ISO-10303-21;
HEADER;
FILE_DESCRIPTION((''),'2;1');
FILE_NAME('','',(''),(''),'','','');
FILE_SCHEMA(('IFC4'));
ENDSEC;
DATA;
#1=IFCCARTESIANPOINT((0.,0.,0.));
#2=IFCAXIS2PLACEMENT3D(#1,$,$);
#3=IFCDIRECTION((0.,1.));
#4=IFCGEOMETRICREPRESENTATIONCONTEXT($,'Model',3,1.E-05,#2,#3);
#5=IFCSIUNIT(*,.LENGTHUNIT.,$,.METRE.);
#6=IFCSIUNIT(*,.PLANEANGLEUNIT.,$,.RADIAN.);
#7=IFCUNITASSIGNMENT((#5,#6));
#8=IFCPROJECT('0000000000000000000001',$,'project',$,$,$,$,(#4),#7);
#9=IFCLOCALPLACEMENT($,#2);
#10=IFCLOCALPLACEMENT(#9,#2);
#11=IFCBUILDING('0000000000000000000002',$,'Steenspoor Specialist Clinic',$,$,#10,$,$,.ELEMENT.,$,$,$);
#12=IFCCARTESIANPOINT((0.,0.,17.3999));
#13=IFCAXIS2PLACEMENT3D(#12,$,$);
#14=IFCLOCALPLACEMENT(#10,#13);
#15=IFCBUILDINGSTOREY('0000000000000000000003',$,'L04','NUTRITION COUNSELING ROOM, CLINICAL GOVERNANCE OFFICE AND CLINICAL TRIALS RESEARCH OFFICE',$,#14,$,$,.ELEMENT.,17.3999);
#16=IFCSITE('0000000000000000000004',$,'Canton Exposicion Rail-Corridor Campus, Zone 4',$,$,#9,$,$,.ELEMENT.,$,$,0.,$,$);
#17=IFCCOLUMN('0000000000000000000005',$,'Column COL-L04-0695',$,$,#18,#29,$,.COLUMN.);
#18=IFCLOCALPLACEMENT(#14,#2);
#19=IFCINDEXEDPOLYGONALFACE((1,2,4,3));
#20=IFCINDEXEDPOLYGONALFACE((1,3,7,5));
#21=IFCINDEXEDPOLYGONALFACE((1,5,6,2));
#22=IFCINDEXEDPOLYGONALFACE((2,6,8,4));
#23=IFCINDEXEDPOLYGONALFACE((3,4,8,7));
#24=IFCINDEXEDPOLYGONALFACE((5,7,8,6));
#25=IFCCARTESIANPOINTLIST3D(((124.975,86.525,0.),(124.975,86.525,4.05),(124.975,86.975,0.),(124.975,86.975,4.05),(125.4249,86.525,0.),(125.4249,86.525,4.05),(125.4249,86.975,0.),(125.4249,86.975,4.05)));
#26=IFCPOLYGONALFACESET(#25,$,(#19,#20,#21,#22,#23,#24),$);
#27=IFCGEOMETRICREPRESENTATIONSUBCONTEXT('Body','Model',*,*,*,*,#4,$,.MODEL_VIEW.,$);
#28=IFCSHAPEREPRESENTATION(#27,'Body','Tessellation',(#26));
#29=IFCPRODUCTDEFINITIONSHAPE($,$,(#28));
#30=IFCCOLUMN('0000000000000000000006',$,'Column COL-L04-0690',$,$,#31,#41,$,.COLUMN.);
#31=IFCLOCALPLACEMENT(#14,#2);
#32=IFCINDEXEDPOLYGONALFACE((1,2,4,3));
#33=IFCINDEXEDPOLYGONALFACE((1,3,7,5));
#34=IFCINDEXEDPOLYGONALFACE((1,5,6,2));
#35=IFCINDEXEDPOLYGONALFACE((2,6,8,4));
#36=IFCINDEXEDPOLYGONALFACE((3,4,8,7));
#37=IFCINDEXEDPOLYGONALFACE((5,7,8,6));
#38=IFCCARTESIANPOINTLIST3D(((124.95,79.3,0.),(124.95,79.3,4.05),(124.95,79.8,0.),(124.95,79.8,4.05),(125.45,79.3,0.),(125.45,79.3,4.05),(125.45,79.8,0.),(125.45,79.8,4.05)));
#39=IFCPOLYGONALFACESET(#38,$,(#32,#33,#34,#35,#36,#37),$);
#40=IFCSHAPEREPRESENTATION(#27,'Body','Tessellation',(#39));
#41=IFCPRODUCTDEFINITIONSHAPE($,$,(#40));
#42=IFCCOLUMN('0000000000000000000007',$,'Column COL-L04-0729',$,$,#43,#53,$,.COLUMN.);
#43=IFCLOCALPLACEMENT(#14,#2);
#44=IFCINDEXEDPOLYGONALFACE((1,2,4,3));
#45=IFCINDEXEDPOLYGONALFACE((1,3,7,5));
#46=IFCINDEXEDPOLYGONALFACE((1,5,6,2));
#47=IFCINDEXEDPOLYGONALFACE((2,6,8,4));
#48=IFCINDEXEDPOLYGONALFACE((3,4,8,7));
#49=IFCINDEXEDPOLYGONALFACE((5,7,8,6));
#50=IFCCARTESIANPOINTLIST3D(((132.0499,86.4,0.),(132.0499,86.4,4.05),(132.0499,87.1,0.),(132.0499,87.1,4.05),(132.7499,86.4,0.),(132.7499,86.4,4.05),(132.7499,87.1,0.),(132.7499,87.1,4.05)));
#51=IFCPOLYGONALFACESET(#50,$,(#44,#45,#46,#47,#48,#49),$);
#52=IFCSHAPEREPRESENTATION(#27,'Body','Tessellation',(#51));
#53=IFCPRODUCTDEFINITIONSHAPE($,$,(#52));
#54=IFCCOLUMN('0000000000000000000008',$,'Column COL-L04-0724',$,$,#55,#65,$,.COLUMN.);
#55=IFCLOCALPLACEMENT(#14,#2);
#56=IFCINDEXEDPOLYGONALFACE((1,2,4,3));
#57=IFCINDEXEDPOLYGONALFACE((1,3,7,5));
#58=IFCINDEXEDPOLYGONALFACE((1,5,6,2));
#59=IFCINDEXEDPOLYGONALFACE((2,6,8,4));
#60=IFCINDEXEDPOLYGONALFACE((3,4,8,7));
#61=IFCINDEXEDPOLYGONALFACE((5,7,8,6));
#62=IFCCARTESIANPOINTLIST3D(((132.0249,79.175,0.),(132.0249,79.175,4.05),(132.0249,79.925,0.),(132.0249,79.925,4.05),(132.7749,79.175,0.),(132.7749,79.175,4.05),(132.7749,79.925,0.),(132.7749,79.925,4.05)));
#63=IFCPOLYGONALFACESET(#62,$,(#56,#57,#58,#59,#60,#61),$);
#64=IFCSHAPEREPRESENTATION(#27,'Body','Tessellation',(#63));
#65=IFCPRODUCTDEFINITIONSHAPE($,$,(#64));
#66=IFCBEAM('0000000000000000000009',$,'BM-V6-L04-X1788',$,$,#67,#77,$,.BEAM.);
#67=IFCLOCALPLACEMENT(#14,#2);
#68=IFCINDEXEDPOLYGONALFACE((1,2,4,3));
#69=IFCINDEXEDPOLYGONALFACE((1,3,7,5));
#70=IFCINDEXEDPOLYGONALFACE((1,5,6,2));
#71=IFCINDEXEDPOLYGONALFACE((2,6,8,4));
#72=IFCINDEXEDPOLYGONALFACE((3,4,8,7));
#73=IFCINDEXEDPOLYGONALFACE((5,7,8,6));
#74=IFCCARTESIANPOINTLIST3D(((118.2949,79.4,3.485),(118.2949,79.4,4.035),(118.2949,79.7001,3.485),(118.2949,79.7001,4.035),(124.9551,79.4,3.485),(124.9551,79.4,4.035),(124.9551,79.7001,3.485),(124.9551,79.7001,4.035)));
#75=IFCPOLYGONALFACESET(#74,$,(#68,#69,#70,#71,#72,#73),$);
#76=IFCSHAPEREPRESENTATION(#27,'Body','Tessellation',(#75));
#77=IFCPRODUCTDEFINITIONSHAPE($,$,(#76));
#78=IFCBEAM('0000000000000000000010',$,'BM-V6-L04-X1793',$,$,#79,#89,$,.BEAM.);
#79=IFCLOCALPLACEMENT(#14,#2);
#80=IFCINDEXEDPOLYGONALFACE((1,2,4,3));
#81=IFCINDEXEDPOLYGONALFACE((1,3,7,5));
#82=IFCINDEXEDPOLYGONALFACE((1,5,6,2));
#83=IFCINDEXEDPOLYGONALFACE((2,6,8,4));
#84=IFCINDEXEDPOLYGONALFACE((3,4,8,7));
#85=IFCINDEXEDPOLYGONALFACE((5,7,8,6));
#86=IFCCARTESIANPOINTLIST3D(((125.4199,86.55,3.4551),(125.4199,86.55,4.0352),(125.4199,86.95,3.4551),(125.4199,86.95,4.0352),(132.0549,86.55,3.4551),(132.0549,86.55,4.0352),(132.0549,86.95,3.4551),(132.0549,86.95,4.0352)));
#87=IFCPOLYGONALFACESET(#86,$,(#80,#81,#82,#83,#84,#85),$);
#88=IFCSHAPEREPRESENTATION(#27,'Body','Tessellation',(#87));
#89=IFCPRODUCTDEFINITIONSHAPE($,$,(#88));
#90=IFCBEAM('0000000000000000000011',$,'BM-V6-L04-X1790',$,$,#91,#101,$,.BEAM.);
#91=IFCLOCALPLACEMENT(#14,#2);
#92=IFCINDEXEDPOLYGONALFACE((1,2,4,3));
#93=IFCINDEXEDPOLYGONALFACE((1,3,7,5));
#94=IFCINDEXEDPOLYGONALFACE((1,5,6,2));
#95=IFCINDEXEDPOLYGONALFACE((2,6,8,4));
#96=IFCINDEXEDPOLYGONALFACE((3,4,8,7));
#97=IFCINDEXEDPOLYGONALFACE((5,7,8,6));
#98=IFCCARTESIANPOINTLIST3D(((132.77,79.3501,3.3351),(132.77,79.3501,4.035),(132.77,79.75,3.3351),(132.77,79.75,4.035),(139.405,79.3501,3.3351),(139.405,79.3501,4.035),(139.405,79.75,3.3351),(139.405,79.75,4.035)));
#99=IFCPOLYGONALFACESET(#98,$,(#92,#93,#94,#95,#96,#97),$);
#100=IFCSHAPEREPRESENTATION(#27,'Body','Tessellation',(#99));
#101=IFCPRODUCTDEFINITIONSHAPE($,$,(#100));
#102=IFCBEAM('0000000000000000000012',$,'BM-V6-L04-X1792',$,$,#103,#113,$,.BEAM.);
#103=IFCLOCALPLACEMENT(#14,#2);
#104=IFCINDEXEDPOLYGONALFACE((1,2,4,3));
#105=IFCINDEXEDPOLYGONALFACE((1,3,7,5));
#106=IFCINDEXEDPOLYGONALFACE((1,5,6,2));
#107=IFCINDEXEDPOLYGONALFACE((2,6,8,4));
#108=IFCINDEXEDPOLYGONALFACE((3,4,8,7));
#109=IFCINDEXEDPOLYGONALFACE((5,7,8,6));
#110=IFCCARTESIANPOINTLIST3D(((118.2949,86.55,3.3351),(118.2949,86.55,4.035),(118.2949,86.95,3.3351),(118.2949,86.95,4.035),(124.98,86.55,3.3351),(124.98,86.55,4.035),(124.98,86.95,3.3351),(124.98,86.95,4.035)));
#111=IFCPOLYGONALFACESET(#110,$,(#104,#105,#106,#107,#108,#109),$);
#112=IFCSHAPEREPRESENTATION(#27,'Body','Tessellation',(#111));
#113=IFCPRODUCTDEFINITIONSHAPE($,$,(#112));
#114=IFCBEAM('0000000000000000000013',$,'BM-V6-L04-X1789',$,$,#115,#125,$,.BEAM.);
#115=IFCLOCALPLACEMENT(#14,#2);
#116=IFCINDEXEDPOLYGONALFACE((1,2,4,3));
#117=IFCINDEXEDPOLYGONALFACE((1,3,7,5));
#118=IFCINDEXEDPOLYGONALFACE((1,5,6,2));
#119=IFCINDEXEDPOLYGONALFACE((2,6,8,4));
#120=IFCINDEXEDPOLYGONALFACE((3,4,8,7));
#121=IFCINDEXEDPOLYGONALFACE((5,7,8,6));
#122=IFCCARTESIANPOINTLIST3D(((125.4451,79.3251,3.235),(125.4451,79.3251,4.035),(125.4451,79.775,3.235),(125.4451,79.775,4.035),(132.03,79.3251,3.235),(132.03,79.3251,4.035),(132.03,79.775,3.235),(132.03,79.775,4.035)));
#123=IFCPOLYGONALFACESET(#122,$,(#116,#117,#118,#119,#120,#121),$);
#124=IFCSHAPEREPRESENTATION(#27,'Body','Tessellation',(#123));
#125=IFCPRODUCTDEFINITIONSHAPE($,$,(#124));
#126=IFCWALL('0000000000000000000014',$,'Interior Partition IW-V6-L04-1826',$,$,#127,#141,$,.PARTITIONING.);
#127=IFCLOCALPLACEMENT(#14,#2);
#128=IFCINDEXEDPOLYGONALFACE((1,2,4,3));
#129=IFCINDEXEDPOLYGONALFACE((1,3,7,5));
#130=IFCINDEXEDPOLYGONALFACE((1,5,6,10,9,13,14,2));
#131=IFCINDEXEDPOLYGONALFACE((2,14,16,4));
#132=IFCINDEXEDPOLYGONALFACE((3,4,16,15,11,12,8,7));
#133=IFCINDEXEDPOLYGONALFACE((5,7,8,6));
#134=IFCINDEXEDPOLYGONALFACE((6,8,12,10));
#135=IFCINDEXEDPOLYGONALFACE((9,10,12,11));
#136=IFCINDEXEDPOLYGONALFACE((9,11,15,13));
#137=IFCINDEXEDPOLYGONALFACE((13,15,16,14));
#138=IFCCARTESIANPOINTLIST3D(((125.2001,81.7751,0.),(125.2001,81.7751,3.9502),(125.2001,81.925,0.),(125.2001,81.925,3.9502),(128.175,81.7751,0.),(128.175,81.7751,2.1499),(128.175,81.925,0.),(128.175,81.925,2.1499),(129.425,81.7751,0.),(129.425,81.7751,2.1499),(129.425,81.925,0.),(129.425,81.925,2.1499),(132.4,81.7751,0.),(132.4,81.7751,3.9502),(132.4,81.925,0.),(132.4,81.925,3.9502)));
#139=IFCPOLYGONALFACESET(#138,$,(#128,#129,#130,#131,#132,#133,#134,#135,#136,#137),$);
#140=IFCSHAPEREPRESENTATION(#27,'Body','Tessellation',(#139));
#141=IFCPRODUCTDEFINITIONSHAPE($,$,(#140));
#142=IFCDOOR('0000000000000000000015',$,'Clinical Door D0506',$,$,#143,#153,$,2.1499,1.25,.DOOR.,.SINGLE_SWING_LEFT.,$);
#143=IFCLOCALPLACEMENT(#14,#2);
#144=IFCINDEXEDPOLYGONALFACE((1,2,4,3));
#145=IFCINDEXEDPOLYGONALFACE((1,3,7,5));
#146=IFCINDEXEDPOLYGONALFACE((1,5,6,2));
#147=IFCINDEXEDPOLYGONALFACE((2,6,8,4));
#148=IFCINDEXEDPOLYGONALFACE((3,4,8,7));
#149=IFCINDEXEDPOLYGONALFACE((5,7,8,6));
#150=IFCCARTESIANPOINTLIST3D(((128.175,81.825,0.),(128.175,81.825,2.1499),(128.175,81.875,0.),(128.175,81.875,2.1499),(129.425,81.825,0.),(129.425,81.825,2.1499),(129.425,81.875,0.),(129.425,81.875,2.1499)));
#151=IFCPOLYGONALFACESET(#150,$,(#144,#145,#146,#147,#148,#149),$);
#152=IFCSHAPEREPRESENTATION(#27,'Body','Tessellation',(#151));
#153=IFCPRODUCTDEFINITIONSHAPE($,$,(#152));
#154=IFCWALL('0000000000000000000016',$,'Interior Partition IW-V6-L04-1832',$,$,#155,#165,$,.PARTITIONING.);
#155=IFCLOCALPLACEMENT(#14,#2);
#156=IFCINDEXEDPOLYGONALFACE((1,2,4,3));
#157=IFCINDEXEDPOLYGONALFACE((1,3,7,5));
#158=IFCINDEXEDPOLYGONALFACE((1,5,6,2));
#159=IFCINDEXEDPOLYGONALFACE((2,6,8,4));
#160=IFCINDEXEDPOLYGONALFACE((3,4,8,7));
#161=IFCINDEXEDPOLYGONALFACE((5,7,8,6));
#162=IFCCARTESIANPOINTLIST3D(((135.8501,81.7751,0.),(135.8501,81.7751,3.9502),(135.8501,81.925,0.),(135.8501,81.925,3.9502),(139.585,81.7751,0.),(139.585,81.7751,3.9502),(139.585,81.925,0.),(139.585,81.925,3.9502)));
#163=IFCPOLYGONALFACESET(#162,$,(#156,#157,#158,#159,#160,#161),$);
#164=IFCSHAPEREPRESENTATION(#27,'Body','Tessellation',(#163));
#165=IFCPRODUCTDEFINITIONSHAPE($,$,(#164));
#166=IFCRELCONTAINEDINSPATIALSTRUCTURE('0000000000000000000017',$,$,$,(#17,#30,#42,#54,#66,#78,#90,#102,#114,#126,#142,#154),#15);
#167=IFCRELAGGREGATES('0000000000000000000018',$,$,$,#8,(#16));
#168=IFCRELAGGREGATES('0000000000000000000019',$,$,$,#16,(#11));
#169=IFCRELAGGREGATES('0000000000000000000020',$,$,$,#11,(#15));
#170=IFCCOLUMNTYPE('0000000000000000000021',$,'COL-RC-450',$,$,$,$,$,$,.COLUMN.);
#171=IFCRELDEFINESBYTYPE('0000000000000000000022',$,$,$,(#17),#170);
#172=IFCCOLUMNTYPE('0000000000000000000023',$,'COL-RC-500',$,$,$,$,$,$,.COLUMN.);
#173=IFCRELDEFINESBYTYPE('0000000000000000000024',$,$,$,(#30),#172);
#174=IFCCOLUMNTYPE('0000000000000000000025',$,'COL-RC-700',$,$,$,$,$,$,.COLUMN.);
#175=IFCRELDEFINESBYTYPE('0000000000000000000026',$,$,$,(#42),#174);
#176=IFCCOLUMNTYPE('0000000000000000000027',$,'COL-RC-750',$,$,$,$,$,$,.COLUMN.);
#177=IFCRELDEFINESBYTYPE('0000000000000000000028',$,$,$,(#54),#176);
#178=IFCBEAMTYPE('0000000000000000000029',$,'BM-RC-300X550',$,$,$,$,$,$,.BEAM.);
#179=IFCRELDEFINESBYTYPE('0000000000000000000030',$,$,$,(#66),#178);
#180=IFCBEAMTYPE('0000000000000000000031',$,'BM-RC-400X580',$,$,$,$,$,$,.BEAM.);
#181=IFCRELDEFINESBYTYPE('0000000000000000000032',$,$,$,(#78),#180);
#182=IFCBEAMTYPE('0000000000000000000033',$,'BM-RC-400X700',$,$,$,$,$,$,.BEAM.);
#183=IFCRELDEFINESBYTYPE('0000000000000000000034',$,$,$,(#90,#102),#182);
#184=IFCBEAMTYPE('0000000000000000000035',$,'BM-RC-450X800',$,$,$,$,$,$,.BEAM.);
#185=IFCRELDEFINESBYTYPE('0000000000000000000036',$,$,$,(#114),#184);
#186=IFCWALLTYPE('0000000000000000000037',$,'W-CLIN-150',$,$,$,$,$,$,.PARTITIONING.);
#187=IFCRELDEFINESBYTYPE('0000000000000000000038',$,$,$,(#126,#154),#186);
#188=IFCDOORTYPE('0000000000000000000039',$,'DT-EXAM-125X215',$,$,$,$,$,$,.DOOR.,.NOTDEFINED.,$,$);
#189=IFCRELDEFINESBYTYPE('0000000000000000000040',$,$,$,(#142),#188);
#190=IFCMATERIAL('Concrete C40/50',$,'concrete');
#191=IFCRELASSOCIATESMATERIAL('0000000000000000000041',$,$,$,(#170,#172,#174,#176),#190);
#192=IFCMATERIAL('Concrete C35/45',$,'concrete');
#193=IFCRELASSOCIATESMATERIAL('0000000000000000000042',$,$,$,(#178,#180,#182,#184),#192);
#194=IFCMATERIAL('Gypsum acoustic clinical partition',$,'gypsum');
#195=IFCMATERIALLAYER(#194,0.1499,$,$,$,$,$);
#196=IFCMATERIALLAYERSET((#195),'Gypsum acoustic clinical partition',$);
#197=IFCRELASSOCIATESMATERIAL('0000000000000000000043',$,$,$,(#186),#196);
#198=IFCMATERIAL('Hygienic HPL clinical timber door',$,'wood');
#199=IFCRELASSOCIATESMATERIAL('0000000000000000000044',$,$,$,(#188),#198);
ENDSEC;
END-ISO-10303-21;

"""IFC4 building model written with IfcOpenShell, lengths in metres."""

from ifc_helpers import new_model, si_unit, direction, frame, frame_2d, origin, origin_2d, place, context, subcontext, project, spatial, rectangle, extrude, material, layer, layer_set, material_profile, profile_set, type_object, element, fill, save


model = new_model("IFC4")

# Units and contexts
model_context = context("Model", 3, precision=1e-05, world=origin(), true_north=direction((0.0, 1.0)))
body_context = subcontext(model_context, "Body", "Model", "MODEL_VIEW")
ifc_project = project(units=[si_unit("LENGTHUNIT", "METRE"), si_unit("PLANEANGLEUNIT", "RADIAN")], contexts=[model_context])

# Site, building, storey
site_placement = place(None, origin())
site = spatial("IfcSite", under=ifc_project, at=site_placement, Name="Canton Exposicion Rail-Corridor Campus, Zone 4", CompositionType="ELEMENT", RefElevation=0.0)
building_placement = place(site_placement, origin())
building = spatial("IfcBuilding", under=site, at=building_placement, Name="Steenspoor Specialist Clinic", CompositionType="ELEMENT")
storey_placement = place(building_placement, frame((0.0, 0.0, 17.3999)))
storey = spatial("IfcBuildingStorey", under=building, at=storey_placement, Name="L04", Description="NUTRITION COUNSELING ROOM, CLINICAL GOVERNANCE OFFICE AND CLINICAL TRIALS RESEARCH OFFICE", CompositionType="ELEMENT", Elevation=17.3999)

# Columns
ifc_material_1 = material(Name="Concrete C40/50", Category="concrete")
ifc_material_profile_1 = material_profile(ifc_material_1, rectangle(XDim=0.45, YDim=0.45, at=origin_2d()), Name="RC-COL-450X450")
ifc_profile_set_1 = profile_set([ifc_material_profile_1], Name="Concrete C40/50")
column_type_1 = type_object("IfcColumnType", Name="COL-RC-450", PredefinedType="COLUMN", material=ifc_profile_set_1)
column_1_placement = place(storey_placement, frame((125.2, 86.75, 0.0), z_axis=(0.0, 0.0, 1.0), x_axis=(1.0, 0.0, 0.0)))
element("IfcColumn", 1, at=column_1_placement, inside=storey, type_object=column_type_1, Name="Column COL-L04-0695", PredefinedType="COLUMN", context=body_context, shape_type="SweptSolid", body=[
    extrude(rectangle(XDim=0.45, YDim=0.45, at=origin_2d()), origin(), (0.0, 0.0, 1.0), 4.05),
])
ifc_material_profile_2 = material_profile(ifc_material_1, rectangle(XDim=0.5, YDim=0.5, at=origin_2d()), Name="RC-COL-500X500")
ifc_profile_set_2 = profile_set([ifc_material_profile_2], Name="Concrete C40/50")
column_type_2 = type_object("IfcColumnType", Name="COL-RC-500", PredefinedType="COLUMN", material=ifc_profile_set_2)
column_2_placement = place(storey_placement, frame((125.2, 79.55, 0.0), z_axis=(0.0, 0.0, 1.0), x_axis=(1.0, 0.0, 0.0)))
element("IfcColumn", 2, at=column_2_placement, inside=storey, type_object=column_type_2, Name="Column COL-L04-0690", PredefinedType="COLUMN", context=body_context, shape_type="SweptSolid", body=[
    extrude(rectangle(XDim=0.5, YDim=0.5, at=origin_2d()), origin(), (0.0, 0.0, 1.0), 4.05),
])
ifc_material_profile_3 = material_profile(ifc_material_1, rectangle(XDim=0.7, YDim=0.7, at=origin_2d()), Name="RC-COL-700X700")
ifc_profile_set_3 = profile_set([ifc_material_profile_3], Name="Concrete C40/50")
column_type_3 = type_object("IfcColumnType", Name="COL-RC-700", PredefinedType="COLUMN", material=ifc_profile_set_3)
column_3_placement = place(storey_placement, frame((132.3999, 86.75, 0.0), z_axis=(0.0, 0.0, 1.0), x_axis=(1.0, 0.0, 0.0)))
element("IfcColumn", 3, at=column_3_placement, inside=storey, type_object=column_type_3, Name="Column COL-L04-0729", PredefinedType="COLUMN", context=body_context, shape_type="SweptSolid", body=[
    extrude(rectangle(XDim=0.7, YDim=0.7, at=origin_2d()), origin(), (0.0, 0.0, 1.0), 4.05),
])
ifc_material_profile_4 = material_profile(ifc_material_1, rectangle(XDim=0.75, YDim=0.75, at=origin_2d()), Name="RC-COL-750X750")
ifc_profile_set_4 = profile_set([ifc_material_profile_4], Name="Concrete C40/50")
column_type_4 = type_object("IfcColumnType", Name="COL-RC-750", PredefinedType="COLUMN", material=ifc_profile_set_4)
column_4_placement = place(storey_placement, frame((132.3999, 79.55, 0.0), z_axis=(0.0, 0.0, 1.0), x_axis=(1.0, 0.0, 0.0)))
element("IfcColumn", 4, at=column_4_placement, inside=storey, type_object=column_type_4, Name="Column COL-L04-0724", PredefinedType="COLUMN", context=body_context, shape_type="SweptSolid", body=[
    extrude(rectangle(XDim=0.75, YDim=0.75, at=origin_2d()), origin(), (0.0, 0.0, 1.0), 4.05),
])

# Beams
ifc_material_2 = material(Name="Concrete C35/45", Category="concrete")
ifc_material_profile_5 = material_profile(ifc_material_2, rectangle(XDim=0.3, YDim=0.55, at=origin_2d()), Name="RC-BM-300X550")
ifc_profile_set_5 = profile_set([ifc_material_profile_5], Name="Concrete C35/45")
beam_type_1 = type_object("IfcBeamType", Name="BM-RC-300X550", PredefinedType="BEAM", material=ifc_profile_set_5)
beam_1_placement = place(storey_placement, frame((118.2949, 79.55, 3.76), z_axis=(1.0, 0.0, 0.0), x_axis=(0.0, 1.0, 0.0)))
element("IfcBeam", 5, at=beam_1_placement, inside=storey, type_object=beam_type_1, Name="BM-V6-L04-X1788", PredefinedType="BEAM", context=body_context, shape_type="SweptSolid", body=[
    extrude(rectangle(XDim=0.3, YDim=0.55, at=origin_2d()), origin(), (0.0, 0.0, 1.0), 6.6602),
])
ifc_material_profile_6 = material_profile(ifc_material_2, rectangle(XDim=0.3999, YDim=0.5801, at=origin_2d()), Name="RC-BM-400X580")
ifc_profile_set_6 = profile_set([ifc_material_profile_6], Name="Concrete C35/45")
beam_type_2 = type_object("IfcBeamType", Name="BM-RC-400X580", PredefinedType="BEAM", material=ifc_profile_set_6)
beam_2_placement = place(storey_placement, frame((125.4199, 86.75, 3.7451), z_axis=(1.0, 0.0, 0.0), x_axis=(0.0, 1.0, 0.0)))
element("IfcBeam", 6, at=beam_2_placement, inside=storey, type_object=beam_type_2, Name="BM-V6-L04-X1793", PredefinedType="BEAM", context=body_context, shape_type="SweptSolid", body=[
    extrude(rectangle(XDim=0.3999, YDim=0.5801, at=origin_2d()), origin(), (0.0, 0.0, 1.0), 6.635),
])
ifc_material_profile_7 = material_profile(ifc_material_2, rectangle(XDim=0.3999, YDim=0.7, at=origin_2d()), Name="RC-BM-400X700")
ifc_profile_set_7 = profile_set([ifc_material_profile_7], Name="Concrete C35/45")
beam_type_3 = type_object("IfcBeamType", Name="BM-RC-400X700", PredefinedType="BEAM", material=ifc_profile_set_7)
beam_3_placement = place(storey_placement, frame((132.77, 79.55, 3.6851), z_axis=(1.0, 0.0, 0.0), x_axis=(0.0, 1.0, 0.0)))
element("IfcBeam", 7, at=beam_3_placement, inside=storey, type_object=beam_type_3, Name="BM-V6-L04-X1790", PredefinedType="BEAM", context=body_context, shape_type="SweptSolid", body=[
    extrude(rectangle(XDim=0.3999, YDim=0.7, at=origin_2d()), origin(), (0.0, 0.0, 1.0), 6.635),
])
beam_4_placement = place(storey_placement, frame((118.2949, 86.75, 3.6851), z_axis=(1.0, 0.0, 0.0), x_axis=(0.0, 1.0, 0.0)))
element("IfcBeam", 8, at=beam_4_placement, inside=storey, type_object=beam_type_3, Name="BM-V6-L04-X1792", PredefinedType="BEAM", context=body_context, shape_type="SweptSolid", body=[
    extrude(rectangle(XDim=0.3999, YDim=0.7, at=origin_2d()), origin(), (0.0, 0.0, 1.0), 6.6851),
])
ifc_material_profile_8 = material_profile(ifc_material_2, rectangle(XDim=0.45, YDim=0.8, at=origin_2d()), Name="RC-BM-450X800")
ifc_profile_set_8 = profile_set([ifc_material_profile_8], Name="Concrete C35/45")
beam_type_4 = type_object("IfcBeamType", Name="BM-RC-450X800", PredefinedType="BEAM", material=ifc_profile_set_8)
beam_5_placement = place(storey_placement, frame((125.4451, 79.55, 3.635), z_axis=(1.0, 0.0, 0.0), x_axis=(0.0, 1.0, 0.0)))
element("IfcBeam", 9, at=beam_5_placement, inside=storey, type_object=beam_type_4, Name="BM-V6-L04-X1789", PredefinedType="BEAM", context=body_context, shape_type="SweptSolid", body=[
    extrude(rectangle(XDim=0.45, YDim=0.8, at=origin_2d()), origin(), (0.0, 0.0, 1.0), 6.585),
])

# Wall, opening, door
ifc_material_3 = material(Name="Gypsum acoustic clinical partition", Category="gypsum")
ifc_layer_1 = layer(ifc_material_3, 0.1499)
ifc_layer_set_1 = layer_set([ifc_layer_1], Name="Gypsum acoustic clinical partition")
wall_type_1 = type_object("IfcWallType", Name="W-CLIN-150", PredefinedType="PARTITIONING", material=ifc_layer_set_1)
wall_1_placement = place(storey_placement, frame((125.2, 81.8501, 0.0), z_axis=(0.0, 0.0, 1.0), x_axis=(1.0, 0.0, 0.0)))
wall_1 = element("IfcWall", 10, at=wall_1_placement, inside=storey, type_object=wall_type_1, Name="Interior Partition IW-V6-L04-1826", PredefinedType="PARTITIONING", context=body_context, shape_type="SweptSolid", body=[
    extrude(rectangle(XDim=7.2, YDim=0.1499, at=frame_2d((3.6001, 0.0))), origin(), (0.0, 0.0, 1.0), 3.9502),
])
opening_1_placement = place(wall_1_placement, frame((2.9751, 0.0, 0.0)))
opening_1 = element("IfcOpeningElement", 11, at=opening_1_placement, cuts=wall_1, PredefinedType="OPENING", context=body_context, shape_type="SweptSolid", body=[
    extrude(rectangle(XDim=1.25, YDim=2.1499, at=frame_2d((0.625, 1.075))), frame((0.0, 0.085, 0.0), z_axis=(0.0, -1.0, 0.0), x_axis=(1.0, 0.0, 0.0)), (0.0, 0.0, 1.0), 0.1699),
])
ifc_material_4 = material(Name="Hygienic HPL clinical timber door", Category="wood")
door_type_1 = type_object("IfcDoorType", Name="DT-EXAM-125X215", OperationType="NOTDEFINED", PredefinedType="DOOR", material=ifc_material_4)
door_1_placement = place(opening_1_placement, origin())
door_1 = element("IfcDoor", 12, at=door_1_placement, inside=storey, type_object=door_type_1, Name="Clinical Door D0506", OperationType="SINGLE_SWING_LEFT", OverallHeight=2.1499, OverallWidth=1.25, PredefinedType="DOOR", context=body_context, shape_type="SweptSolid", body=[
    extrude(rectangle(XDim=1.25, YDim=2.1499, at=frame_2d((0.625, 1.075))), frame((0.0, 0.0249, 0.0), z_axis=(0.0, -1.0, 0.0), x_axis=(1.0, 0.0, 0.0)), (0.0, 0.0, 1.0), 0.05),
])
fill(opening_1, door_1)

# Wall
wall_2_placement = place(storey_placement, frame((135.8501, 81.8501, 0.0), z_axis=(0.0, 0.0, 1.0), x_axis=(1.0, 0.0, 0.0)))
element("IfcWall", 13, at=wall_2_placement, inside=storey, type_object=wall_type_1, Name="Interior Partition IW-V6-L04-1832", PredefinedType="PARTITIONING", context=body_context, shape_type="SweptSolid", body=[
    extrude(rectangle(XDim=3.7349, YDim=0.1499, at=frame_2d((1.8674, 0.0))), origin(), (0.0, 0.0, 1.0), 3.9502),
])

save(model, "model.ifc")
